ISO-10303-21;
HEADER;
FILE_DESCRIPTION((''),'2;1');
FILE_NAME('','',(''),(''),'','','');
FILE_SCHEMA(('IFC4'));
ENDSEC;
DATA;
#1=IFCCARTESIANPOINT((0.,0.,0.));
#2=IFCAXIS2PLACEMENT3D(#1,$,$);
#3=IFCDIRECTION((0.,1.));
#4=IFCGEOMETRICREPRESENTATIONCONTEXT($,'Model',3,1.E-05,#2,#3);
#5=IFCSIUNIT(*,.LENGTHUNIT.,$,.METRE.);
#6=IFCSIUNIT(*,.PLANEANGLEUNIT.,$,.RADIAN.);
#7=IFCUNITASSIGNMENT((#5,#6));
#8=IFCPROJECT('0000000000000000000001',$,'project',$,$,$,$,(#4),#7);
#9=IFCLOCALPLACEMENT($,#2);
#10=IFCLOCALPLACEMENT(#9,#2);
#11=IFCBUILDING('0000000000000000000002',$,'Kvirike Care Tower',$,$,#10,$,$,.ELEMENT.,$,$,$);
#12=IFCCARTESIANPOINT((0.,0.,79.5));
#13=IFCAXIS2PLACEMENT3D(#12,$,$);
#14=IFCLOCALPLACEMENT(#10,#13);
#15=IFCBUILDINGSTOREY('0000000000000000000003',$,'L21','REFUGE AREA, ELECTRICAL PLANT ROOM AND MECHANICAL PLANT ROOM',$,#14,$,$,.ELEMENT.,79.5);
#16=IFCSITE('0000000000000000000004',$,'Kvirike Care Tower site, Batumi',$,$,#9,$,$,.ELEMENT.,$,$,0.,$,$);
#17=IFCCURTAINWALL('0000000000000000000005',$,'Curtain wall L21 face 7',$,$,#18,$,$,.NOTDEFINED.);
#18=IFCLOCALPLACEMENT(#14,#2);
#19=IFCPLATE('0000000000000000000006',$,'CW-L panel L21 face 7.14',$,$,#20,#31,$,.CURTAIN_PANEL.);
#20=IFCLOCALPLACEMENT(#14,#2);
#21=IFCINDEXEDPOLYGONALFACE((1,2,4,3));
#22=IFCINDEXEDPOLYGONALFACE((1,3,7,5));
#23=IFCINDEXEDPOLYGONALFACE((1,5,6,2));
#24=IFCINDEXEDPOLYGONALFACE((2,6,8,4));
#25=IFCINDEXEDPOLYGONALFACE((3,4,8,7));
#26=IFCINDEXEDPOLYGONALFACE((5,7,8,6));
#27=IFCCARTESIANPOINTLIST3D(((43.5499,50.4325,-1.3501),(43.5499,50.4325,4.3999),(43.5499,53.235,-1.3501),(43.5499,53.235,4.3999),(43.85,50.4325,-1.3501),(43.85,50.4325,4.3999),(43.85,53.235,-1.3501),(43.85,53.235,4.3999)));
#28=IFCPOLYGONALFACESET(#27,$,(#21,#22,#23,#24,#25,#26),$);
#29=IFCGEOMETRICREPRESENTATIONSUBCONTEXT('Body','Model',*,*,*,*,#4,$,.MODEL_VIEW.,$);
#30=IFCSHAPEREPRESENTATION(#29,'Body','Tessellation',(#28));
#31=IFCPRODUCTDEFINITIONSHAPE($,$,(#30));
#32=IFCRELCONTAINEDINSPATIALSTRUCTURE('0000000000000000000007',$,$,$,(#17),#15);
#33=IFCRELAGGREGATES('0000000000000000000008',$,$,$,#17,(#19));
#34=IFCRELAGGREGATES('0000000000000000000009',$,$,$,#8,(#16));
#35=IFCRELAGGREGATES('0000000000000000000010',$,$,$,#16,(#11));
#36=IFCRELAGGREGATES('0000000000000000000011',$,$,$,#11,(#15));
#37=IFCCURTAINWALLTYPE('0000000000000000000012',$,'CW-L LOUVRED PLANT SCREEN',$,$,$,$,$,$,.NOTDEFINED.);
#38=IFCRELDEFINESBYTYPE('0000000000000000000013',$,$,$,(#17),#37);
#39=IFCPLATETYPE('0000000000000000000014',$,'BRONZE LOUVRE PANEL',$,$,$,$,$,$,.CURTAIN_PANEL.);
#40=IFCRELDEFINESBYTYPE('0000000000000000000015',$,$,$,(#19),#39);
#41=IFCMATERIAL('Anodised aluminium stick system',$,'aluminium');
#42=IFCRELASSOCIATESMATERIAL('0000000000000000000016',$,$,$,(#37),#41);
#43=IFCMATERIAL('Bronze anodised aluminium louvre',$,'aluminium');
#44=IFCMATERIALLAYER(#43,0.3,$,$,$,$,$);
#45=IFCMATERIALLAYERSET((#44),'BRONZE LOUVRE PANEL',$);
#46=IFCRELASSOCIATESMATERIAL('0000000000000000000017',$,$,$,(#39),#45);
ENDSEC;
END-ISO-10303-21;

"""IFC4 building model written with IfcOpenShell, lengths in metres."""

from ifc_helpers import new_model, si_unit, direction, frame, origin, origin_2d, place, context, subcontext, project, spatial, rectangle, extrude, material, layer, layer_set, type_object, element, aggregate, save


model = new_model("IFC4")

# Units and contexts
model_context = context("Model", 3, precision=1e-05, world=origin(), true_north=direction((0.0, 1.0)))
body_context = subcontext(model_context, "Body", "Model", "MODEL_VIEW")
ifc_project = project(units=[si_unit("LENGTHUNIT", "METRE"), si_unit("PLANEANGLEUNIT", "RADIAN")], contexts=[model_context])

# Site, building, storey
site_placement = place(None, origin())
site = spatial("IfcSite", under=ifc_project, at=site_placement, Name="Kvirike Care Tower site, Batumi", CompositionType="ELEMENT", RefElevation=0.0)
building_placement = place(site_placement, origin())
building = spatial("IfcBuilding", under=site, at=building_placement, Name="Kvirike Care Tower", CompositionType="ELEMENT")
storey_placement = place(building_placement, frame((0.0, 0.0, 79.5)))
storey = spatial("IfcBuildingStorey", under=building, at=storey_placement, Name="L21", Description="REFUGE AREA, ELECTRICAL PLANT ROOM AND MECHANICAL PLANT ROOM", CompositionType="ELEMENT", Elevation=79.5)

# Curtain wall
ifc_material_1 = material(Name="Anodised aluminium stick system", Category="aluminium")
curtain_wall_type = type_object("IfcCurtainWallType", Name="CW-L LOUVRED PLANT SCREEN", PredefinedType="NOTDEFINED", material=ifc_material_1)
curtain_wall_placement = place(storey_placement, origin())
curtain_wall = element("IfcCurtainWall", 1, at=curtain_wall_placement, inside=storey, type_object=curtain_wall_type, Name="Curtain wall L21 face 7", PredefinedType="NOTDEFINED")

# Plate
ifc_material_2 = material(Name="Bronze anodised aluminium louvre", Category="aluminium")
ifc_layer = layer(ifc_material_2, 0.3)
ifc_layer_set = layer_set([ifc_layer], Name="BRONZE LOUVRE PANEL")
plate_type = type_object("IfcPlateType", Name="BRONZE LOUVRE PANEL", PredefinedType="CURTAIN_PANEL", material=ifc_layer_set)
plate_1_placement = place(storey_placement, frame((43.7, 51.8337, -1.3501), z_axis=(0.0, 0.0, 1.0), x_axis=(0.0, 1.0, 0.0)))
plate_1 = element("IfcPlate", 2, at=plate_1_placement, type_object=plate_type, Name="CW-L panel L21 face 7.14", PredefinedType="CURTAIN_PANEL", context=body_context, shape_type="SweptSolid", body=[
    extrude(rectangle(XDim=2.8025, YDim=0.3, at=origin_2d()), origin(), (0.0, 0.0, 1.0), 5.75),
])
aggregate(curtain_wall, [plate_1])

save(model, "model.ifc")
